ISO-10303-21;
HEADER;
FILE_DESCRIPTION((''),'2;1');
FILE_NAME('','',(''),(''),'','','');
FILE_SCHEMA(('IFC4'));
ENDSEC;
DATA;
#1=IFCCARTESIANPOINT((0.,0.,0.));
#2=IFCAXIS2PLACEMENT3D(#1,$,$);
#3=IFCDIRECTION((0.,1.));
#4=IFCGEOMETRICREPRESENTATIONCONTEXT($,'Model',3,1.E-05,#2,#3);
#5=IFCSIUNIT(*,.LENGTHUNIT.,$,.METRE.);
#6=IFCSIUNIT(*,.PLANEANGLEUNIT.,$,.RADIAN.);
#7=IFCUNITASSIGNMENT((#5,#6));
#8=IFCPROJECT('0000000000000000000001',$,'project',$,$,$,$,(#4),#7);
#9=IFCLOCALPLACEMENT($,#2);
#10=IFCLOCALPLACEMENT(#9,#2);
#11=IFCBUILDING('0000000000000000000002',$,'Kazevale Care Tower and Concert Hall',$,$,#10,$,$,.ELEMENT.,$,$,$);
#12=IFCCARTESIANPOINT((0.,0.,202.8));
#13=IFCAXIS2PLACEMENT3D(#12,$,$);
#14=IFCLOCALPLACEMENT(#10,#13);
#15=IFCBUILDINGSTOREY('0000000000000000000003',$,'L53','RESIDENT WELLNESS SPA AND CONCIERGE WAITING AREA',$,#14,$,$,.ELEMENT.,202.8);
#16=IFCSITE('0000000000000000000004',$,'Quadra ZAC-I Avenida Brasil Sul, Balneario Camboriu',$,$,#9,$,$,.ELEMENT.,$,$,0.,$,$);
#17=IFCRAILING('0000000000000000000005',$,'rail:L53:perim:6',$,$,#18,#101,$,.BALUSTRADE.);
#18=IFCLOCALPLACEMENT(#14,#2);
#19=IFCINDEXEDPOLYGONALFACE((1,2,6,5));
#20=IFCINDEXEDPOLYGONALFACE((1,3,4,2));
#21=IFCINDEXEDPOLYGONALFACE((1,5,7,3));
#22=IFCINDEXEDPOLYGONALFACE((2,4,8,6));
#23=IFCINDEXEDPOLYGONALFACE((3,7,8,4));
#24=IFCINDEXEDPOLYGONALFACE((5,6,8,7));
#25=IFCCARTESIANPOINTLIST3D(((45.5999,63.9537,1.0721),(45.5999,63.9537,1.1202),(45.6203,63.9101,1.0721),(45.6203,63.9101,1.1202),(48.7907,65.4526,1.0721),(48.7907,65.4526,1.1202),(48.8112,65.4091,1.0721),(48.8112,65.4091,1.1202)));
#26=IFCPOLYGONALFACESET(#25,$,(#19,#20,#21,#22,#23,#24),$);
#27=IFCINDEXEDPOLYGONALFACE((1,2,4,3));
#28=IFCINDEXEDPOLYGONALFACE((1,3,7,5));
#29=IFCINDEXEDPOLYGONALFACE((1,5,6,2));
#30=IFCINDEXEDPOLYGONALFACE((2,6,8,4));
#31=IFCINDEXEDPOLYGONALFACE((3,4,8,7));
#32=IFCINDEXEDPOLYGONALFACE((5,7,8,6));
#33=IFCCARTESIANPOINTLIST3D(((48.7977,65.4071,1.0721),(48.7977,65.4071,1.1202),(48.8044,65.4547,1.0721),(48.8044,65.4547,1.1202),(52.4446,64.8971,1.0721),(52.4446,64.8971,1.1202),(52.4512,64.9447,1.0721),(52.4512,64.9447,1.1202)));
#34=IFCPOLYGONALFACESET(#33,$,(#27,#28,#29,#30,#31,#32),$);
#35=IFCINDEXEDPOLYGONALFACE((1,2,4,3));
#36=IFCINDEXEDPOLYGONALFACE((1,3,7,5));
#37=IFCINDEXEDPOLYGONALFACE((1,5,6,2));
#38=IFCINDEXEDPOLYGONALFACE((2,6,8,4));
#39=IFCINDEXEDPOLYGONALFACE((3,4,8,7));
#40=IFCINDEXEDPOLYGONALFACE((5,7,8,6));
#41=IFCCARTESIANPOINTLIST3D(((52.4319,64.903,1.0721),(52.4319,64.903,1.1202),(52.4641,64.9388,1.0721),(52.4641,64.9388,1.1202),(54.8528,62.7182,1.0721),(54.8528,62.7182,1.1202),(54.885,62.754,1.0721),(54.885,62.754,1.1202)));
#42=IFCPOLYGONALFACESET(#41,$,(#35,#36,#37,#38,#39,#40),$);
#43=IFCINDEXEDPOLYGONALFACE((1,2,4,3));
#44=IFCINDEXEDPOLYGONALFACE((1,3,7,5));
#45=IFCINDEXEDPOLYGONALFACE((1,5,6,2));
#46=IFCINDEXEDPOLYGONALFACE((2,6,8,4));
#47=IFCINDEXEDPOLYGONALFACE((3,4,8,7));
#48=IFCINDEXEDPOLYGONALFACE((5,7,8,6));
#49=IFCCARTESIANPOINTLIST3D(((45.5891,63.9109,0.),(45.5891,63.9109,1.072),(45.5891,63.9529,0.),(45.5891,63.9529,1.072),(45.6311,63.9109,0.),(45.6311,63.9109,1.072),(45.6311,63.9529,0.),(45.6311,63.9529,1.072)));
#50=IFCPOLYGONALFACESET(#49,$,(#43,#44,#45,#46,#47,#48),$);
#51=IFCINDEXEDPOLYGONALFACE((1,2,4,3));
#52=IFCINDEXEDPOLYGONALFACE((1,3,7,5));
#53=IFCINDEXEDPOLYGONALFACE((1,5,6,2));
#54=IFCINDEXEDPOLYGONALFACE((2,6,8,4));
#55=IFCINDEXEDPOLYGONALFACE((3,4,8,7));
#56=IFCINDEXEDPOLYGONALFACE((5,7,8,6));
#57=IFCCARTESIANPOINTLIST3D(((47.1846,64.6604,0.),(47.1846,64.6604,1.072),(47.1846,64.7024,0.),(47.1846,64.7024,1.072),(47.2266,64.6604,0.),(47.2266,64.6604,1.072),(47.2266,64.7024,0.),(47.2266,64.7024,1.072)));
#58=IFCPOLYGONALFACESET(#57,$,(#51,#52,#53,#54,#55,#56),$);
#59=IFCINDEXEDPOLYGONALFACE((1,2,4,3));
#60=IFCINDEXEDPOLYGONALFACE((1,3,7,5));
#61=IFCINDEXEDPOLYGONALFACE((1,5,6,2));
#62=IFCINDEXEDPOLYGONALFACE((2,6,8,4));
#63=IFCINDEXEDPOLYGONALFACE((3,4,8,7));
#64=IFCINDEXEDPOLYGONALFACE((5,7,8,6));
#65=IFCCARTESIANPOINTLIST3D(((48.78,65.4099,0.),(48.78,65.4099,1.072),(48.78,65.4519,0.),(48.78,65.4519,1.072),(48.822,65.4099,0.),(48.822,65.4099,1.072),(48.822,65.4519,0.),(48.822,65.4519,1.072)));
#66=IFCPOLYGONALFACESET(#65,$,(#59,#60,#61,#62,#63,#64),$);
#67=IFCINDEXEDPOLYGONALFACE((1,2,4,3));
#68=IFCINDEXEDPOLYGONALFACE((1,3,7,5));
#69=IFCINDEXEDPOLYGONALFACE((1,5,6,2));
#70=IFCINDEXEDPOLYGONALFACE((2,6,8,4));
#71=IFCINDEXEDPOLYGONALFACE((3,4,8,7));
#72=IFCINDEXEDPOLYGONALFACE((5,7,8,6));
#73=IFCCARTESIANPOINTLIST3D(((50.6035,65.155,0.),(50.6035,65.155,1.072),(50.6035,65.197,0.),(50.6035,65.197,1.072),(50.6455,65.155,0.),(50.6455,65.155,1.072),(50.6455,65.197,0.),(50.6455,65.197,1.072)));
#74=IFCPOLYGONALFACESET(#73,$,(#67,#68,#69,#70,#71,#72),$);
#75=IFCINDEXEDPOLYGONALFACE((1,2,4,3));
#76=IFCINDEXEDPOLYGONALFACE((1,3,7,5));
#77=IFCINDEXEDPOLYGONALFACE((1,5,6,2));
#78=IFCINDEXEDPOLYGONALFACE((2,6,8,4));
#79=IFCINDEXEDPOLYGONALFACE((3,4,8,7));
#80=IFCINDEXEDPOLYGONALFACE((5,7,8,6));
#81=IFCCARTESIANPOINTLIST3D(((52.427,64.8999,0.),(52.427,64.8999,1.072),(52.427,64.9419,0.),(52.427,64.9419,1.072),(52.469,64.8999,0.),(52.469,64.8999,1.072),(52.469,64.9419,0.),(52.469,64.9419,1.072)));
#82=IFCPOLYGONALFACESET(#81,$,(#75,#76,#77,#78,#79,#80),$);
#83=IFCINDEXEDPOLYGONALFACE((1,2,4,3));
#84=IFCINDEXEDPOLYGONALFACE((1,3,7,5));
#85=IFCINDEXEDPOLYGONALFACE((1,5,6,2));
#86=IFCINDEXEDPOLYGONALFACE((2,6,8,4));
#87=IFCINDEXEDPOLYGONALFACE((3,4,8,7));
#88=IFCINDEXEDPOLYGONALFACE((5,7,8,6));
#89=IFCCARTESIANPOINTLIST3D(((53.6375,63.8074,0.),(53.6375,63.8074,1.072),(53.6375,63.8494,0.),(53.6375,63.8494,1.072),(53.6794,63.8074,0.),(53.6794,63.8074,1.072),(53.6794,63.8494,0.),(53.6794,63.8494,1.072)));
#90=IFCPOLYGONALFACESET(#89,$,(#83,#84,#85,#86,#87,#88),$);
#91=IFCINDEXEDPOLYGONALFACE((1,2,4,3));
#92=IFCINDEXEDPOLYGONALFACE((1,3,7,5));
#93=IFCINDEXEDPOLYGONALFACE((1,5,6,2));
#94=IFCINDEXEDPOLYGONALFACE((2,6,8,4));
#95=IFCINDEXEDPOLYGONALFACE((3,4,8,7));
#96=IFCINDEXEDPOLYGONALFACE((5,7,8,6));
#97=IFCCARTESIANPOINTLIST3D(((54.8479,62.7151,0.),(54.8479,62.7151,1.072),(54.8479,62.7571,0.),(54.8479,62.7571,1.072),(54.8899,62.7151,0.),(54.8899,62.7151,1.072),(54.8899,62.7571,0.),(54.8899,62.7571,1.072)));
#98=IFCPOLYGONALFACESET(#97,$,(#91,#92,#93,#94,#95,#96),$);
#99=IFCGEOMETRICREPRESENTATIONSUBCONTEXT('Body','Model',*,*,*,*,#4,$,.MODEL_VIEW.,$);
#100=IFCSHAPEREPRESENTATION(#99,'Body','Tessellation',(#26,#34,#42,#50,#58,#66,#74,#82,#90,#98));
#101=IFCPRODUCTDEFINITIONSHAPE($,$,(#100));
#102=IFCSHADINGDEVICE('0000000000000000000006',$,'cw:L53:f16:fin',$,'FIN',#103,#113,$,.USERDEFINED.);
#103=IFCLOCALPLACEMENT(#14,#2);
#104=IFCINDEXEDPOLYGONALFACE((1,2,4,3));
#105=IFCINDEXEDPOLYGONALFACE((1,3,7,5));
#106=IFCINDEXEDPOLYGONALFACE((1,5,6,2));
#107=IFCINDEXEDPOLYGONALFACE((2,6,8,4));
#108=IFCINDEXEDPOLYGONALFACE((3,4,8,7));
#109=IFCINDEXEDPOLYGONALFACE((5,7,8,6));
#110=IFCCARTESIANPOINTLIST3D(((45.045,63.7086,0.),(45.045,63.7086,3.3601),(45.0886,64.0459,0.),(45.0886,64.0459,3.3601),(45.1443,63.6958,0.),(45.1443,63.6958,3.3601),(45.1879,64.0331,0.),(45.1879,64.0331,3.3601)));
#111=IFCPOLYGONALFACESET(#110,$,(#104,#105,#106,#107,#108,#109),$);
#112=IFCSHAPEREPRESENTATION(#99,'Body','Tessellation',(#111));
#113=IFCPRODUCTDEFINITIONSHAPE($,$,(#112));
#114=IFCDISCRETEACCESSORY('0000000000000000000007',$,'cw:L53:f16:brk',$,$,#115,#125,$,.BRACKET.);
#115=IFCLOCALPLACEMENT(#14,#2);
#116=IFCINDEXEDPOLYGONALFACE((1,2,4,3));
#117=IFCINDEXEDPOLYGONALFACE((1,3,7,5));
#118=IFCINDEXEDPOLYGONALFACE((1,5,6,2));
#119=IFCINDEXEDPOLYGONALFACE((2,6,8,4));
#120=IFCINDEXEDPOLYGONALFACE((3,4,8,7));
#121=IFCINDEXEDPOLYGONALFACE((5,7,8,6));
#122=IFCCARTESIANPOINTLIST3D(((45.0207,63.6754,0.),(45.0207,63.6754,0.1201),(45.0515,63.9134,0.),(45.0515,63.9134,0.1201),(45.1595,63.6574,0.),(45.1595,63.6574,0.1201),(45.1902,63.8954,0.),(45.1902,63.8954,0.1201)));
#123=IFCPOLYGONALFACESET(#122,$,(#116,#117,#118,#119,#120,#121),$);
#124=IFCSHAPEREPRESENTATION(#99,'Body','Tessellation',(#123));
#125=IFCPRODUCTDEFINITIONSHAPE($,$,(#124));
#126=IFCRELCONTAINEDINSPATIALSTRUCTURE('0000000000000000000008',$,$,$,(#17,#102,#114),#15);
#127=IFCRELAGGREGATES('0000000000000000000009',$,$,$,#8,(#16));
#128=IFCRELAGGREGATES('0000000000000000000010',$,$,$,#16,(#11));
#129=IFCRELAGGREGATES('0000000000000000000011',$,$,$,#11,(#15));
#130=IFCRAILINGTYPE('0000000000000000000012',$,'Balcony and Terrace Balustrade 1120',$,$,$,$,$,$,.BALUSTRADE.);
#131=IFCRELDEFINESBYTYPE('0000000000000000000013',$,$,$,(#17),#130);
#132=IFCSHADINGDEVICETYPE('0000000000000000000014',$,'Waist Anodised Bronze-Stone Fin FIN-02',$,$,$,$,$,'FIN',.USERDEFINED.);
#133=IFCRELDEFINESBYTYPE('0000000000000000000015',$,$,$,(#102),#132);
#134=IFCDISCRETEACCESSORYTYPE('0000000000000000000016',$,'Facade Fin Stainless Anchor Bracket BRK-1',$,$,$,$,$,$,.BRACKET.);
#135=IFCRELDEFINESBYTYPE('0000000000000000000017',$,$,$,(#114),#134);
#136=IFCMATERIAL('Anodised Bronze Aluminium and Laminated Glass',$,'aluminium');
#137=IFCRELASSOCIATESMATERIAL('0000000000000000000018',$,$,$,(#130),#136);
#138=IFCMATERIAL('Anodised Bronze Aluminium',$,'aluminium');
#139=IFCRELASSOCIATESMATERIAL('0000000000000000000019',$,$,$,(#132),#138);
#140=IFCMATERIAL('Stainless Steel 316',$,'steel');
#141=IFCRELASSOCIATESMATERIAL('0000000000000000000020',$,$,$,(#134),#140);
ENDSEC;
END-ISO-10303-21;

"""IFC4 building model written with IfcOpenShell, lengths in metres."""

from ifc_helpers import new_model, si_unit, direction, frame, origin, origin_2d, place, context, subcontext, project, spatial, rectangle, extrude, material, type_object, element, save


model = new_model("IFC4")

# Units and contexts
model_context = context("Model", 3, precision=1e-05, world=origin(), true_north=direction((0.0, 1.0)))
body_context = subcontext(model_context, "Body", "Model", "MODEL_VIEW")
ifc_project = project(units=[si_unit("LENGTHUNIT", "METRE"), si_unit("PLANEANGLEUNIT", "RADIAN")], contexts=[model_context])

# Site, building, storey
site_placement = place(None, origin())
site = spatial("IfcSite", under=ifc_project, at=site_placement, Name="Quadra ZAC-I Avenida Brasil Sul, Balneario Camboriu", CompositionType="ELEMENT", RefElevation=0.0)
building_placement = place(site_placement, origin())
building = spatial("IfcBuilding", under=site, at=building_placement, Name="Kazevale Care Tower and Concert Hall", CompositionType="ELEMENT")
storey_placement = place(building_placement, frame((0.0, 0.0, 202.8)))
storey = spatial("IfcBuildingStorey", under=building, at=storey_placement, Name="L53", Description="RESIDENT WELLNESS SPA AND CONCIERGE WAITING AREA", CompositionType="ELEMENT", Elevation=202.8)

# Railing
ifc_material_1 = material(Name="Anodised Bronze Aluminium and Laminated Glass", Category="aluminium")
railing_type = type_object("IfcRailingType", Name="Balcony and Terrace Balustrade 1120", PredefinedType="BALUSTRADE", material=ifc_material_1)
railing_placement = place(storey_placement, frame((45.6101, 63.9319, 0.0)))
element("IfcRailing", 1, at=railing_placement, inside=storey, type_object=railing_type, Name="rail:L53:perim:6", PredefinedType="BALUSTRADE", context=body_context, shape_type="SweptSolid", body=[
    extrude(rectangle(XDim=0.0481, YDim=0.0481, at=origin_2d()), frame((0.0, 0.0, 1.0962), z_axis=(0.905101, 0.425197, 0.0), x_axis=(-0.425197, 0.905101, 0.0)), (0.0, 0.0, 1.0), 3.5254),
    extrude(rectangle(XDim=0.0481, YDim=0.0481, at=origin_2d()), frame((3.1909, 1.499, 1.0962), z_axis=(0.990363, -0.138497, 0.0), x_axis=(0.138497, 0.990363, 0.0)), (0.0, 0.0, 1.0), 3.6824),
    extrude(rectangle(XDim=0.0481, YDim=0.0481, at=origin_2d()), frame((6.8379, 0.989, 1.0962), z_axis=(0.742378, -0.669982, 0.0), x_axis=(0.669982, 0.742378, 0.0)), (0.0, 0.0, 1.0), 3.261),
    extrude(rectangle(XDim=0.042, YDim=0.042, at=origin_2d()), origin(), (0.0, 0.0, 1.0), 1.072),
    extrude(rectangle(XDim=0.042, YDim=0.042, at=origin_2d()), frame((1.5955, 0.7495, 0.0)), (0.0, 0.0, 1.0), 1.072),
    extrude(rectangle(XDim=0.042, YDim=0.042, at=origin_2d()), frame((3.1909, 1.499, 0.0)), (0.0, 0.0, 1.0), 1.072),
    extrude(rectangle(XDim=0.042, YDim=0.042, at=origin_2d()), frame((5.0144, 1.2441, 0.0)), (0.0, 0.0, 1.0), 1.072),
    extrude(rectangle(XDim=0.042, YDim=0.042, at=origin_2d()), frame((6.8379, 0.989, 0.0)), (0.0, 0.0, 1.0), 1.072),
    extrude(rectangle(XDim=0.042, YDim=0.042, at=origin_2d()), frame((8.0483, -0.1035, 0.0)), (0.0, 0.0, 1.0), 1.072),
    extrude(rectangle(XDim=0.042, YDim=0.042, at=origin_2d()), frame((9.2588, -1.1958, 0.0)), (0.0, 0.0, 1.0), 1.072),
])

# Shading device
ifc_material_2 = material(Name="Anodised Bronze Aluminium", Category="aluminium")
shading_device_type = type_object("IfcShadingDeviceType", Name="Waist Anodised Bronze-Stone Fin FIN-02", ElementType="FIN", PredefinedType="USERDEFINED", material=ifc_material_2)
shading_device_placement = place(storey_placement, frame((45.1165, 63.8708, 0.0), z_axis=(0.0, 0.0, 1.0), x_axis=(0.128103, 0.991761, 0.0)))
element("IfcShadingDevice", 2, at=shading_device_placement, inside=storey, type_object=shading_device_type, Name="cw:L53:f16:fin", ObjectType="FIN", PredefinedType="USERDEFINED", context=body_context, shape_type="SweptSolid", body=[
    extrude(rectangle(XDim=0.3401, YDim=0.1001, at=origin_2d()), origin(), (0.0, 0.0, 1.0), 3.3601),
])

# Discrete accessory
ifc_material_3 = material(Name="Stainless Steel 316", Category="steel")
discrete_accessory_type = type_object("IfcDiscreteAccessoryType", Name="Facade Fin Stainless Anchor Bracket BRK-1", PredefinedType="BRACKET", material=ifc_material_3)
discrete_accessory_placement = place(storey_placement, frame((45.1055, 63.7854, 0.0), z_axis=(0.0, 0.0, 1.0), x_axis=(0.128103, 0.991761, 0.0)))
element("IfcDiscreteAccessory", 3, at=discrete_accessory_placement, inside=storey, type_object=discrete_accessory_type, Name="cw:L53:f16:brk", PredefinedType="BRACKET", context=body_context, shape_type="SweptSolid", body=[
    extrude(rectangle(XDim=0.24, YDim=0.1399, at=origin_2d()), origin(), (0.0, 0.0, 1.0), 0.1201),
])

save(model, "model.ifc")
